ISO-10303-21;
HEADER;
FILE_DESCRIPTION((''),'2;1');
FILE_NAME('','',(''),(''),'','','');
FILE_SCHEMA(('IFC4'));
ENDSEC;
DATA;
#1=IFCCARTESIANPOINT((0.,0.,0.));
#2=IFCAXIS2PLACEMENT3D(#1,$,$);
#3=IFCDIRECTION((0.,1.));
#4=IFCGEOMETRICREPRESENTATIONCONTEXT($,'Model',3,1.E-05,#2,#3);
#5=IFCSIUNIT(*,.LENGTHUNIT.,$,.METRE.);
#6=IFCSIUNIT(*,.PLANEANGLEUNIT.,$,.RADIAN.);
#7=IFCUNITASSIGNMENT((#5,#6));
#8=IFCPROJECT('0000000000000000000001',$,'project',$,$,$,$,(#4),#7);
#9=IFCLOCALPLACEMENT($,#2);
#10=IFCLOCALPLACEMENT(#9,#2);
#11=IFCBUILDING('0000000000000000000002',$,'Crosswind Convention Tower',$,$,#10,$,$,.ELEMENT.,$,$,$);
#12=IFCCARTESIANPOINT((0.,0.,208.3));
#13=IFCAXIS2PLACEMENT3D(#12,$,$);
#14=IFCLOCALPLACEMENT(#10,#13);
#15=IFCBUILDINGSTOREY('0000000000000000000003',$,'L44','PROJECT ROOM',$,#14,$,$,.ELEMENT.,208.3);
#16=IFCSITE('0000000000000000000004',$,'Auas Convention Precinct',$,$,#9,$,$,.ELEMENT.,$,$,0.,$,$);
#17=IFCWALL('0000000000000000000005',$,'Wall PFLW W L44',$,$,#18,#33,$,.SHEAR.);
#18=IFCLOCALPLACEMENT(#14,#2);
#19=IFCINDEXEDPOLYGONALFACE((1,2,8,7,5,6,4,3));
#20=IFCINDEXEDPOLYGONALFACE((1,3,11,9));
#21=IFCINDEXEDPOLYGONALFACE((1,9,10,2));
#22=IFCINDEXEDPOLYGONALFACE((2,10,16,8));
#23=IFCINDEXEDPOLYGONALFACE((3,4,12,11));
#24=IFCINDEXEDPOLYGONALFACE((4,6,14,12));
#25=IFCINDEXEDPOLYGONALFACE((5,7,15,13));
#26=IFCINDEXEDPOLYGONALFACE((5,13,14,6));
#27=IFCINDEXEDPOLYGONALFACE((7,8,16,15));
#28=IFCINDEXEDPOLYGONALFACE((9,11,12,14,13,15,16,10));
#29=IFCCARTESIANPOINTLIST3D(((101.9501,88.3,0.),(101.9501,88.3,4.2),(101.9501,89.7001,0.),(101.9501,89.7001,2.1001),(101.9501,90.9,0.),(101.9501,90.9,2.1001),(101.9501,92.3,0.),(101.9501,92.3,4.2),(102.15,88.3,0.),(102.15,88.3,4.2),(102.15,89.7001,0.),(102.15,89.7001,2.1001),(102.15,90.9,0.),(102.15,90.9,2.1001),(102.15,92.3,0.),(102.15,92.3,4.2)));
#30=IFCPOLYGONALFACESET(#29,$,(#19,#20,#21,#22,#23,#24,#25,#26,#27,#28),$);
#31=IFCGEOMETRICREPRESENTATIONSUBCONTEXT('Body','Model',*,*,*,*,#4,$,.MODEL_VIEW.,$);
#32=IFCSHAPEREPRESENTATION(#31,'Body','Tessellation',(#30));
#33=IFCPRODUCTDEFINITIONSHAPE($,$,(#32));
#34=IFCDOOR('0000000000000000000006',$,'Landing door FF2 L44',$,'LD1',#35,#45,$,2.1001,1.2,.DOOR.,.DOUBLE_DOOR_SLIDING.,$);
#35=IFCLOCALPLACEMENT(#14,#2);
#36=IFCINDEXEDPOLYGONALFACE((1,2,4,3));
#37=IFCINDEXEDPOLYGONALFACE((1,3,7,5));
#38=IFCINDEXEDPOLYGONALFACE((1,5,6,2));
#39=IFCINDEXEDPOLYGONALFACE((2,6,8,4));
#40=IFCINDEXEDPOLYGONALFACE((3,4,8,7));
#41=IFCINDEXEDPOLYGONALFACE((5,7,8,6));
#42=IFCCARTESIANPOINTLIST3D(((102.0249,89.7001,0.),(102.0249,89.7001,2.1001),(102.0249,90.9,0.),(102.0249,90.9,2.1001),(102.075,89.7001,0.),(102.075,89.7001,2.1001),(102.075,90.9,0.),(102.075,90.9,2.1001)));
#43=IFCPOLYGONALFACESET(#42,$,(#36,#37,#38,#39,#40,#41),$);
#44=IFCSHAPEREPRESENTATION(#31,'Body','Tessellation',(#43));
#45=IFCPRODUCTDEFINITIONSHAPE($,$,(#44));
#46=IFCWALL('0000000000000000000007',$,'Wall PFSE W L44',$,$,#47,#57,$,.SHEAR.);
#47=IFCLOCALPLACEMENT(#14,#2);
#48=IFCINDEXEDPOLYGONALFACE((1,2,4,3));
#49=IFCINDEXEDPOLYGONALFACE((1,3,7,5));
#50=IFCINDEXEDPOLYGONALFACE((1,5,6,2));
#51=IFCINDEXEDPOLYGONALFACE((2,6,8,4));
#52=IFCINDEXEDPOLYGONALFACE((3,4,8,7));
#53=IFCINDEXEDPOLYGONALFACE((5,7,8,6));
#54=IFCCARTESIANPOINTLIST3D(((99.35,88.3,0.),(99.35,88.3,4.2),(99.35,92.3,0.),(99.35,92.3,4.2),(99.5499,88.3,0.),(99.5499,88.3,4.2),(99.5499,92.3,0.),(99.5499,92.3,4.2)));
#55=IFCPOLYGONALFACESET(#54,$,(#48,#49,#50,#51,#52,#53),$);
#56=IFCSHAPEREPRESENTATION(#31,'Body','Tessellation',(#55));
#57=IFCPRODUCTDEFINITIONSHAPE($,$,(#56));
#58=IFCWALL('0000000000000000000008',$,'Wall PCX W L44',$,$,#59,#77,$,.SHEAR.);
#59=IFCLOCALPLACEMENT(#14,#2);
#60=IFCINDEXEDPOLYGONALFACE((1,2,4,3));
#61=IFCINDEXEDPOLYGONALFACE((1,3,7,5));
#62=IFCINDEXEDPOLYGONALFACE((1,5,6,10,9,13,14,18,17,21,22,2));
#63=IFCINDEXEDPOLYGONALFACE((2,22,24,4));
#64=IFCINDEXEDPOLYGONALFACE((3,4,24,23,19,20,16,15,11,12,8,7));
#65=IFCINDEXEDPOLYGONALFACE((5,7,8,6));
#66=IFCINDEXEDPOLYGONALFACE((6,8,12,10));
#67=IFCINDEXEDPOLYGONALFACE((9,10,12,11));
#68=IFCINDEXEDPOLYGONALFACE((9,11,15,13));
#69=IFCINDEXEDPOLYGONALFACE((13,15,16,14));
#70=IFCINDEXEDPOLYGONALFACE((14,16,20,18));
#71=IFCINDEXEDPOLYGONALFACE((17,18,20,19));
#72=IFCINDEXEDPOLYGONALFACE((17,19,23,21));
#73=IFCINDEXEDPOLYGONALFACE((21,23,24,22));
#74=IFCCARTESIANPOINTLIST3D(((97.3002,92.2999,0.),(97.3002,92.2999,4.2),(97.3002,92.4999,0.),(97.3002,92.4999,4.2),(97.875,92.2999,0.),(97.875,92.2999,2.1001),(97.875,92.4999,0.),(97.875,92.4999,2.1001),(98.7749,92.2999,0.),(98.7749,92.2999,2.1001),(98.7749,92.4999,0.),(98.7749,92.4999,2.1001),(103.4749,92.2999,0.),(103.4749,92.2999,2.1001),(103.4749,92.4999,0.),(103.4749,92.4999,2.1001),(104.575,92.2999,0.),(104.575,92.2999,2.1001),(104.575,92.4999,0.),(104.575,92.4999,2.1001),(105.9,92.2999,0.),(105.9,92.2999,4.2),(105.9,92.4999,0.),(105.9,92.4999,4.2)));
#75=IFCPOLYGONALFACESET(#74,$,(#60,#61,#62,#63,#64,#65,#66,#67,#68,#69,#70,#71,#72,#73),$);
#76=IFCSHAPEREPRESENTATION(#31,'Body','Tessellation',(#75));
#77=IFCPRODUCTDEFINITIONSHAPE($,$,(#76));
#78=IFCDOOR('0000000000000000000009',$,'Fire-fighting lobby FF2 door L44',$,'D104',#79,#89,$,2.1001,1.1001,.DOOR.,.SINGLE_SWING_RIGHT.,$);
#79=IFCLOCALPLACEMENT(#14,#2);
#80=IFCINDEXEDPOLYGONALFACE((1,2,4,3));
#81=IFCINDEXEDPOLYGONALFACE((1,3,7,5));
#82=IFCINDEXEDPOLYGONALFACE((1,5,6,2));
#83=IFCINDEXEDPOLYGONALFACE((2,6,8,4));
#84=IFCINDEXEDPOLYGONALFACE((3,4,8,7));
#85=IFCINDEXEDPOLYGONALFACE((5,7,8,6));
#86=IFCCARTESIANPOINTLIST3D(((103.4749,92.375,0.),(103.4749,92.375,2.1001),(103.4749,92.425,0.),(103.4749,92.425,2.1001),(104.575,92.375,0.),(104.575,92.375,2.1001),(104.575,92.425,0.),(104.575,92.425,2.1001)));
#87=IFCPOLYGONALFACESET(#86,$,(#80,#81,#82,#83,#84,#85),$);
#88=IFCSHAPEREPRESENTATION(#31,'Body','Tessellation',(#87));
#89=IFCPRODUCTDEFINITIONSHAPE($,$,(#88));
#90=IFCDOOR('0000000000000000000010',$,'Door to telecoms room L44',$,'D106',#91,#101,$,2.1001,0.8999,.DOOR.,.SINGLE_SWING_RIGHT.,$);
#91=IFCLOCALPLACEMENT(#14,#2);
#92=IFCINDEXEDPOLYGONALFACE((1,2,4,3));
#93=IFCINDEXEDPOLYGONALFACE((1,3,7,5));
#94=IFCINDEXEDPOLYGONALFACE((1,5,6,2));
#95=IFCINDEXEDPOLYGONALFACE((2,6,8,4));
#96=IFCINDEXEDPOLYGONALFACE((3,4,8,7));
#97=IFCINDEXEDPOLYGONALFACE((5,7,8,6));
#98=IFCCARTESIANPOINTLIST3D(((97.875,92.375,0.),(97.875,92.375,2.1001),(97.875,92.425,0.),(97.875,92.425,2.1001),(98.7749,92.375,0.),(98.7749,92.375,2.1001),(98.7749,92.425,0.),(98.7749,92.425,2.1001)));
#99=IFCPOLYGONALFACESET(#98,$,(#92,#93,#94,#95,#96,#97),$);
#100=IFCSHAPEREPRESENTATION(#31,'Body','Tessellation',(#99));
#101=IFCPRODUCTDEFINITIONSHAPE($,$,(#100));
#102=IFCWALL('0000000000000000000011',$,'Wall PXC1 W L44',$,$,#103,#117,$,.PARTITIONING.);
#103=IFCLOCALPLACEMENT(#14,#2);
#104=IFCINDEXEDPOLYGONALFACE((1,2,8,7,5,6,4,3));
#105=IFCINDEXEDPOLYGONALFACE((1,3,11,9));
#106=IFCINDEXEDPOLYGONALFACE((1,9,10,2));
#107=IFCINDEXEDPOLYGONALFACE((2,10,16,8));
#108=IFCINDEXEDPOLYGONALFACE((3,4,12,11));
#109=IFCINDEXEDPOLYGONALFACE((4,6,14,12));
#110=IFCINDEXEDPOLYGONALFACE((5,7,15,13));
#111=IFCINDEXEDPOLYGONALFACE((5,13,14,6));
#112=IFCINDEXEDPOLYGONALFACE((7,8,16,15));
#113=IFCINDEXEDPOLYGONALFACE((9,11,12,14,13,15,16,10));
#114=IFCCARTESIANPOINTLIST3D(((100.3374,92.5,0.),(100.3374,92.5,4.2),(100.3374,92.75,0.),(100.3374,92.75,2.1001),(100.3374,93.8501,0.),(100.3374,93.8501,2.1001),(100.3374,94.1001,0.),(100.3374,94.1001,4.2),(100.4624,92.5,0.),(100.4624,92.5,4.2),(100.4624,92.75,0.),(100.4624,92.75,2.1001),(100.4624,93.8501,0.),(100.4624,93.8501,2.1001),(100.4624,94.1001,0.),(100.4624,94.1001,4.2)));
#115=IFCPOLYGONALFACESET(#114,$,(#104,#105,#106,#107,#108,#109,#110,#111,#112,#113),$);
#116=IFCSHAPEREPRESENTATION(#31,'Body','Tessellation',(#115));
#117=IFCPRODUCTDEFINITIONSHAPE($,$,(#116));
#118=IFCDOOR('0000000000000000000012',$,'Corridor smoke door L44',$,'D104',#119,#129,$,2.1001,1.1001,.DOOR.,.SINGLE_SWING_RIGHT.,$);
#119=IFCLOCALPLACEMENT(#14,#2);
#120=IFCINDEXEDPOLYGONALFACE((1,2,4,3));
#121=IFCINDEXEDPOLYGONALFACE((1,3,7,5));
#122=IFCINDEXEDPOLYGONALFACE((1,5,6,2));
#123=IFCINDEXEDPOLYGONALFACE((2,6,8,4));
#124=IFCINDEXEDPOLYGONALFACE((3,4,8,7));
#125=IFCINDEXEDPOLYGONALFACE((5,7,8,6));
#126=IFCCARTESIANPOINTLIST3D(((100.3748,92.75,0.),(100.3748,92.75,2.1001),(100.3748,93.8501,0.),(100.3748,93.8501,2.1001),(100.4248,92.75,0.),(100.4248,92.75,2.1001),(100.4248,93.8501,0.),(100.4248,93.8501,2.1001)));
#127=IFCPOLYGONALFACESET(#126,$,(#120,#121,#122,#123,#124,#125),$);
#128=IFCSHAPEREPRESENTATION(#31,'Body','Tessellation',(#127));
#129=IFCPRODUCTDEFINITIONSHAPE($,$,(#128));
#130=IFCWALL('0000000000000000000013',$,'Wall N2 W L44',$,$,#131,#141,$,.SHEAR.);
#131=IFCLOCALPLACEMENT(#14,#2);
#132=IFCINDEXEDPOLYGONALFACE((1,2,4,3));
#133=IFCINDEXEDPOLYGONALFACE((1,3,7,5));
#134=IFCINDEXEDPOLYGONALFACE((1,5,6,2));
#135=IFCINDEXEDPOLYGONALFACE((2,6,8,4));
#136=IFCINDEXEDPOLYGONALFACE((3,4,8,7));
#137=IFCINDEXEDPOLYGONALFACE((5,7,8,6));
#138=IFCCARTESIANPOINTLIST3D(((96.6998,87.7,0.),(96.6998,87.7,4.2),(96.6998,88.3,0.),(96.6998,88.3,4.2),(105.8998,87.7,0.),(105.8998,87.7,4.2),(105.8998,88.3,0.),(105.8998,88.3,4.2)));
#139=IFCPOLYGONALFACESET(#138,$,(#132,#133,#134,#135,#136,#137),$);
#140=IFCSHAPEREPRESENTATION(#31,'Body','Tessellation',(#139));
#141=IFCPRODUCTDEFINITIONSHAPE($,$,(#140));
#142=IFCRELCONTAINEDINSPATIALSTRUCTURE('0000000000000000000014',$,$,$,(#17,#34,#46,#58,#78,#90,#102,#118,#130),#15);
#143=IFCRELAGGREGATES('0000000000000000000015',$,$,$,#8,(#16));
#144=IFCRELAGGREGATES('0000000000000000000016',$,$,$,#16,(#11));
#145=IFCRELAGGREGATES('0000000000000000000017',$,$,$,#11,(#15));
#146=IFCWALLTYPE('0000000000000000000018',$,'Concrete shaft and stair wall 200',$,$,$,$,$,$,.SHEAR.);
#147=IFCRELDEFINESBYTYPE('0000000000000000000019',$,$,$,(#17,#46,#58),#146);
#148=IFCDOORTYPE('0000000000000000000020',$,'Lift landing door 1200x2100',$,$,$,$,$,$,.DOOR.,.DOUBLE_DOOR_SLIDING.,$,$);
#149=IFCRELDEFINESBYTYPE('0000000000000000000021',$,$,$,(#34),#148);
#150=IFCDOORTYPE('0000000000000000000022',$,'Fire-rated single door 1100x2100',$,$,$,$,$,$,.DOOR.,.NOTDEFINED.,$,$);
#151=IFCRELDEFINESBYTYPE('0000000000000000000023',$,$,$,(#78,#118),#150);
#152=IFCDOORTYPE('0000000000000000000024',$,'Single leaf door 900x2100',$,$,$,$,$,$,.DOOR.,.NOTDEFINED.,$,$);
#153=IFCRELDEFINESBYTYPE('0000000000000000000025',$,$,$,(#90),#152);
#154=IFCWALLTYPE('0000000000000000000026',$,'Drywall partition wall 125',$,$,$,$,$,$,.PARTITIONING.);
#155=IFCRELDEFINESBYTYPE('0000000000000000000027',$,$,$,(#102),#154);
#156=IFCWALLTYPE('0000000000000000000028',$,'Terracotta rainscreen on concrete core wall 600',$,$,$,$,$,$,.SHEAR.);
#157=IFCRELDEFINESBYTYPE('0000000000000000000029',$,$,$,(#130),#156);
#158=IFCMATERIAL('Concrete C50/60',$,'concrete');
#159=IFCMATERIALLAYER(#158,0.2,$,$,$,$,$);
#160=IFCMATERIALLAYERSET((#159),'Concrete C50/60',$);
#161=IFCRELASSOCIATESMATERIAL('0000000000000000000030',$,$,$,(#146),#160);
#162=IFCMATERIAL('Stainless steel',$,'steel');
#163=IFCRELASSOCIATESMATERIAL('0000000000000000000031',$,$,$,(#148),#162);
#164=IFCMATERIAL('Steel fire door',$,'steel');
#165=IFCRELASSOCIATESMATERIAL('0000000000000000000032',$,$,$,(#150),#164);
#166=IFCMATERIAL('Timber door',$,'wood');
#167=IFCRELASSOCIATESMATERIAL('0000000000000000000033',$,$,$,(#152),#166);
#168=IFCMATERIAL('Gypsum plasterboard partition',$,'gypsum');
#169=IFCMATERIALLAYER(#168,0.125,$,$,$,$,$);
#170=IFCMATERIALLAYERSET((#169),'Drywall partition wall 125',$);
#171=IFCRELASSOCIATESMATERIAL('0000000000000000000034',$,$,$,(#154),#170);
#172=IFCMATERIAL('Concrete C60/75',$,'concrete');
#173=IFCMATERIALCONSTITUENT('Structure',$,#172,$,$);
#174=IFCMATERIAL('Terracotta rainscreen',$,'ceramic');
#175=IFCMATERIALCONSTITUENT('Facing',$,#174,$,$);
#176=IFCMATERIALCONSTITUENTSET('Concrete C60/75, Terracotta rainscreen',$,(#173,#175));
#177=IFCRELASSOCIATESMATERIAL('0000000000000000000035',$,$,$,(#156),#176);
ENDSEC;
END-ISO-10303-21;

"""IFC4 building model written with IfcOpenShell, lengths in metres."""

from ifc_helpers import new_model, si_unit, direction, frame, frame_2d, origin, place, context, subcontext, project, spatial, rectangle, extrude, material, layer, layer_set, constituent, constituent_set, type_object, element, fill, save


model = new_model("IFC4")

# Units and contexts
model_context = context("Model", 3, precision=1e-05, world=origin(), true_north=direction((0.0, 1.0)))
body_context = subcontext(model_context, "Body", "Model", "MODEL_VIEW")
ifc_project = project(units=[si_unit("LENGTHUNIT", "METRE"), si_unit("PLANEANGLEUNIT", "RADIAN")], contexts=[model_context])

# Site, building, storey
site_placement = place(None, origin())
site = spatial("IfcSite", under=ifc_project, at=site_placement, Name="Auas Convention Precinct", CompositionType="ELEMENT", RefElevation=0.0)
building_placement = place(site_placement, origin())
building = spatial("IfcBuilding", under=site, at=building_placement, Name="Crosswind Convention Tower", CompositionType="ELEMENT")
storey_placement = place(building_placement, frame((0.0, 0.0, 208.3)))
storey = spatial("IfcBuildingStorey", under=building, at=storey_placement, Name="L44", Description="PROJECT ROOM", CompositionType="ELEMENT", Elevation=208.3)

# Shared definitions
ifc_material_1 = material(Name="Concrete C50/60", Category="concrete")
ifc_layer_1 = layer(ifc_material_1, 0.2)
ifc_layer_set_1 = layer_set([ifc_layer_1], Name="Concrete C50/60")
wall_type_1 = type_object("IfcWallType", Name="Concrete shaft and stair wall 200", PredefinedType="SHEAR", material=ifc_layer_set_1)

# Wall, opening, door
wall_1_placement = place(storey_placement, frame((102.05, 92.3, 0.0), z_axis=(0.0, 0.0, 1.0), x_axis=(0.0, -1.0, 0.0)))
wall_1 = element("IfcWall", 1, at=wall_1_placement, inside=storey, type_object=wall_type_1, Name="Wall PFLW W L44", PredefinedType="SHEAR", context=body_context, shape_type="SweptSolid", body=[
    extrude(rectangle(XDim=4.0, YDim=0.2, at=frame_2d((2.0, 0.0))), origin(), (0.0, 0.0, 1.0), 4.2),
])
opening_1_placement = place(wall_1_placement, frame((1.3999, 0.0, 0.0)))
opening_1 = element("IfcOpeningElement", 2, at=opening_1_placement, cuts=wall_1, PredefinedType="OPENING", context=body_context, shape_type="SweptSolid", body=[
    extrude(rectangle(XDim=1.2, YDim=2.1001, at=frame_2d((0.6001, 1.05))), frame((0.0, 0.1099, 0.0), z_axis=(0.0, -1.0, 0.0), x_axis=(1.0, 0.0, 0.0)), (0.0, 0.0, 1.0), 0.22),
])
ifc_material_2 = material(Name="Stainless steel", Category="steel")
door_type_1 = type_object("IfcDoorType", Name="Lift landing door 1200x2100", OperationType="DOUBLE_DOOR_SLIDING", PredefinedType="DOOR", material=ifc_material_2)
door_1_placement = place(opening_1_placement, origin())
door_1 = element("IfcDoor", 3, at=door_1_placement, inside=storey, type_object=door_type_1, Name="Landing door FF2 L44", ObjectType="LD1", OperationType="DOUBLE_DOOR_SLIDING", OverallHeight=2.1001, OverallWidth=1.2, PredefinedType="DOOR", context=body_context, shape_type="SweptSolid", body=[
    extrude(rectangle(XDim=1.2, YDim=2.1001, at=frame_2d((0.6001, 1.05))), frame((0.0, 0.0249, 0.0), z_axis=(0.0, -1.0, 0.0), x_axis=(1.0, 0.0, 0.0)), (0.0, 0.0, 1.0), 0.05),
])
fill(opening_1, door_1)

# Wall
wall_2_placement = place(storey_placement, frame((99.45, 92.3, 0.0), z_axis=(0.0, 0.0, 1.0), x_axis=(0.0, -1.0, 0.0)))
element("IfcWall", 4, at=wall_2_placement, inside=storey, type_object=wall_type_1, Name="Wall PFSE W L44", PredefinedType="SHEAR", context=body_context, shape_type="SweptSolid", body=[
    extrude(rectangle(XDim=4.0, YDim=0.2, at=frame_2d((2.0, 0.0))), origin(), (0.0, 0.0, 1.0), 4.2),
])

# Wall, openings, doors
wall_3_placement = place(storey_placement, frame((105.8999, 92.3999, 0.0), z_axis=(0.0, 0.0, 1.0), x_axis=(-1.0, 0.0, 0.0)))
wall_3 = element("IfcWall", 5, at=wall_3_placement, inside=storey, type_object=wall_type_1, Name="Wall PCX W L44", PredefinedType="SHEAR", context=body_context, shape_type="SweptSolid", body=[
    extrude(rectangle(XDim=8.5999, YDim=0.2, at=frame_2d((4.2998, 0.0))), origin(), (0.0, 0.0, 1.0), 4.2),
])
opening_2_placement = place(wall_3_placement, frame((1.325, 0.0, 0.0)))
opening_2 = element("IfcOpeningElement", 6, at=opening_2_placement, cuts=wall_3, PredefinedType="OPENING", context=body_context, shape_type="SweptSolid", body=[
    extrude(rectangle(XDim=1.1001, YDim=2.1001, at=frame_2d((0.55, 1.05))), frame((0.0, 0.1099, 0.0), z_axis=(0.0, -1.0, 0.0), x_axis=(1.0, 0.0, 0.0)), (0.0, 0.0, 1.0), 0.22),
])
opening_3_placement = place(wall_3_placement, frame((7.125, 0.0, 0.0)))
opening_3 = element("IfcOpeningElement", 7, at=opening_3_placement, cuts=wall_3, PredefinedType="OPENING", context=body_context, shape_type="SweptSolid", body=[
    extrude(rectangle(XDim=0.8999, YDim=2.1001, at=frame_2d((0.45, 1.05))), frame((0.0, 0.1099, 0.0), z_axis=(0.0, -1.0, 0.0), x_axis=(1.0, 0.0, 0.0)), (0.0, 0.0, 1.0), 0.22),
])
ifc_material_3 = material(Name="Steel fire door", Category="steel")
door_type_2 = type_object("IfcDoorType", Name="Fire-rated single door 1100x2100", OperationType="NOTDEFINED", PredefinedType="DOOR", material=ifc_material_3)
door_2_placement = place(opening_2_placement, origin())
door_2 = element("IfcDoor", 8, at=door_2_placement, inside=storey, type_object=door_type_2, Name="Fire-fighting lobby FF2 door L44", ObjectType="D104", OperationType="SINGLE_SWING_RIGHT", OverallHeight=2.1001, OverallWidth=1.1001, PredefinedType="DOOR", context=body_context, shape_type="SweptSolid", body=[
    extrude(rectangle(XDim=1.1001, YDim=2.1001, at=frame_2d((0.55, 1.05))), frame((0.0, 0.0249, 0.0), z_axis=(0.0, -1.0, 0.0), x_axis=(1.0, 0.0, 0.0)), (0.0, 0.0, 1.0), 0.05),
])
fill(opening_2, door_2)
ifc_material_4 = material(Name="Timber door", Category="wood")
door_type_3 = type_object("IfcDoorType", Name="Single leaf door 900x2100", OperationType="NOTDEFINED", PredefinedType="DOOR", material=ifc_material_4)
door_3_placement = place(opening_3_placement, origin())
door_3 = element("IfcDoor", 9, at=door_3_placement, inside=storey, type_object=door_type_3, Name="Door to telecoms room L44", ObjectType="D106", OperationType="SINGLE_SWING_RIGHT", OverallHeight=2.1001, OverallWidth=0.8999, PredefinedType="DOOR", context=body_context, shape_type="SweptSolid", body=[
    extrude(rectangle(XDim=0.8999, YDim=2.1001, at=frame_2d((0.45, 1.05))), frame((0.0, 0.0249, 0.0), z_axis=(0.0, -1.0, 0.0), x_axis=(1.0, 0.0, 0.0)), (0.0, 0.0, 1.0), 0.05),
])
fill(opening_3, door_3)

# Wall, opening, door
ifc_material_5 = material(Name="Gypsum plasterboard partition", Category="gypsum")
ifc_layer_2 = layer(ifc_material_5, 0.125)
ifc_layer_set_2 = layer_set([ifc_layer_2], Name="Drywall partition wall 125")
wall_type_2 = type_object("IfcWallType", Name="Drywall partition wall 125", PredefinedType="PARTITIONING", material=ifc_layer_set_2)
wall_4_placement = place(storey_placement, frame((100.3999, 94.1001, 0.0), z_axis=(0.0, 0.0, 1.0), x_axis=(0.0, -1.0, 0.0)))
wall_4 = element("IfcWall", 10, at=wall_4_placement, inside=storey, type_object=wall_type_2, Name="Wall PXC1 W L44", PredefinedType="PARTITIONING", context=body_context, shape_type="SweptSolid", body=[
    extrude(rectangle(XDim=1.6001, YDim=0.125, at=frame_2d((0.8, 0.0))), origin(), (0.0, 0.0, 1.0), 4.2),
])
opening_4_placement = place(wall_4_placement, frame((0.25, 0.0, 0.0)))
opening_4 = element("IfcOpeningElement", 11, at=opening_4_placement, cuts=wall_4, PredefinedType="OPENING", context=body_context, shape_type="SweptSolid", body=[
    extrude(rectangle(XDim=1.1001, YDim=2.1001, at=frame_2d((0.55, 1.05))), frame((0.0, 0.0725, 0.0), z_axis=(0.0, -1.0, 0.0), x_axis=(1.0, 0.0, 0.0)), (0.0, 0.0, 1.0), 0.145),
])
door_4_placement = place(opening_4_placement, origin())
door_4 = element("IfcDoor", 12, at=door_4_placement, inside=storey, type_object=door_type_2, Name="Corridor smoke door L44", ObjectType="D104", OperationType="SINGLE_SWING_RIGHT", OverallHeight=2.1001, OverallWidth=1.1001, PredefinedType="DOOR", context=body_context, shape_type="SweptSolid", body=[
    extrude(rectangle(XDim=1.1001, YDim=2.1001, at=frame_2d((0.55, 1.05))), frame((0.0, 0.0249, 0.0), z_axis=(0.0, -1.0, 0.0), x_axis=(1.0, 0.0, 0.0)), (0.0, 0.0, 1.0), 0.05),
])
fill(opening_4, door_4)

# Wall
ifc_material_6 = material(Name="Concrete C60/75", Category="concrete")
ifc_constituent_1 = constituent(ifc_material_6, Name="Structure")
ifc_material_7 = material(Name="Terracotta rainscreen", Category="ceramic")
ifc_constituent_2 = constituent(ifc_material_7, Name="Facing")
ifc_constituent_set = constituent_set(constituents=[ifc_constituent_1, ifc_constituent_2], Name="Concrete C60/75, Terracotta rainscreen")
wall_type_3 = type_object("IfcWallType", Name="Terracotta rainscreen on concrete core wall 600", PredefinedType="SHEAR", material=ifc_constituent_set)
wall_5_placement = place(storey_placement, frame((105.8999, 88.0, 0.0), z_axis=(0.0, 0.0, 1.0), x_axis=(-1.0, 0.0, 0.0)))
element("IfcWall", 13, at=wall_5_placement, inside=storey, type_object=wall_type_3, Name="Wall N2 W L44", PredefinedType="SHEAR", context=body_context, shape_type="SweptSolid", body=[
    extrude(rectangle(XDim=9.2, YDim=0.6001, at=frame_2d((4.6001, 0.0))), origin(), (0.0, 0.0, 1.0), 4.2),
])

save(model, "model.ifc")
